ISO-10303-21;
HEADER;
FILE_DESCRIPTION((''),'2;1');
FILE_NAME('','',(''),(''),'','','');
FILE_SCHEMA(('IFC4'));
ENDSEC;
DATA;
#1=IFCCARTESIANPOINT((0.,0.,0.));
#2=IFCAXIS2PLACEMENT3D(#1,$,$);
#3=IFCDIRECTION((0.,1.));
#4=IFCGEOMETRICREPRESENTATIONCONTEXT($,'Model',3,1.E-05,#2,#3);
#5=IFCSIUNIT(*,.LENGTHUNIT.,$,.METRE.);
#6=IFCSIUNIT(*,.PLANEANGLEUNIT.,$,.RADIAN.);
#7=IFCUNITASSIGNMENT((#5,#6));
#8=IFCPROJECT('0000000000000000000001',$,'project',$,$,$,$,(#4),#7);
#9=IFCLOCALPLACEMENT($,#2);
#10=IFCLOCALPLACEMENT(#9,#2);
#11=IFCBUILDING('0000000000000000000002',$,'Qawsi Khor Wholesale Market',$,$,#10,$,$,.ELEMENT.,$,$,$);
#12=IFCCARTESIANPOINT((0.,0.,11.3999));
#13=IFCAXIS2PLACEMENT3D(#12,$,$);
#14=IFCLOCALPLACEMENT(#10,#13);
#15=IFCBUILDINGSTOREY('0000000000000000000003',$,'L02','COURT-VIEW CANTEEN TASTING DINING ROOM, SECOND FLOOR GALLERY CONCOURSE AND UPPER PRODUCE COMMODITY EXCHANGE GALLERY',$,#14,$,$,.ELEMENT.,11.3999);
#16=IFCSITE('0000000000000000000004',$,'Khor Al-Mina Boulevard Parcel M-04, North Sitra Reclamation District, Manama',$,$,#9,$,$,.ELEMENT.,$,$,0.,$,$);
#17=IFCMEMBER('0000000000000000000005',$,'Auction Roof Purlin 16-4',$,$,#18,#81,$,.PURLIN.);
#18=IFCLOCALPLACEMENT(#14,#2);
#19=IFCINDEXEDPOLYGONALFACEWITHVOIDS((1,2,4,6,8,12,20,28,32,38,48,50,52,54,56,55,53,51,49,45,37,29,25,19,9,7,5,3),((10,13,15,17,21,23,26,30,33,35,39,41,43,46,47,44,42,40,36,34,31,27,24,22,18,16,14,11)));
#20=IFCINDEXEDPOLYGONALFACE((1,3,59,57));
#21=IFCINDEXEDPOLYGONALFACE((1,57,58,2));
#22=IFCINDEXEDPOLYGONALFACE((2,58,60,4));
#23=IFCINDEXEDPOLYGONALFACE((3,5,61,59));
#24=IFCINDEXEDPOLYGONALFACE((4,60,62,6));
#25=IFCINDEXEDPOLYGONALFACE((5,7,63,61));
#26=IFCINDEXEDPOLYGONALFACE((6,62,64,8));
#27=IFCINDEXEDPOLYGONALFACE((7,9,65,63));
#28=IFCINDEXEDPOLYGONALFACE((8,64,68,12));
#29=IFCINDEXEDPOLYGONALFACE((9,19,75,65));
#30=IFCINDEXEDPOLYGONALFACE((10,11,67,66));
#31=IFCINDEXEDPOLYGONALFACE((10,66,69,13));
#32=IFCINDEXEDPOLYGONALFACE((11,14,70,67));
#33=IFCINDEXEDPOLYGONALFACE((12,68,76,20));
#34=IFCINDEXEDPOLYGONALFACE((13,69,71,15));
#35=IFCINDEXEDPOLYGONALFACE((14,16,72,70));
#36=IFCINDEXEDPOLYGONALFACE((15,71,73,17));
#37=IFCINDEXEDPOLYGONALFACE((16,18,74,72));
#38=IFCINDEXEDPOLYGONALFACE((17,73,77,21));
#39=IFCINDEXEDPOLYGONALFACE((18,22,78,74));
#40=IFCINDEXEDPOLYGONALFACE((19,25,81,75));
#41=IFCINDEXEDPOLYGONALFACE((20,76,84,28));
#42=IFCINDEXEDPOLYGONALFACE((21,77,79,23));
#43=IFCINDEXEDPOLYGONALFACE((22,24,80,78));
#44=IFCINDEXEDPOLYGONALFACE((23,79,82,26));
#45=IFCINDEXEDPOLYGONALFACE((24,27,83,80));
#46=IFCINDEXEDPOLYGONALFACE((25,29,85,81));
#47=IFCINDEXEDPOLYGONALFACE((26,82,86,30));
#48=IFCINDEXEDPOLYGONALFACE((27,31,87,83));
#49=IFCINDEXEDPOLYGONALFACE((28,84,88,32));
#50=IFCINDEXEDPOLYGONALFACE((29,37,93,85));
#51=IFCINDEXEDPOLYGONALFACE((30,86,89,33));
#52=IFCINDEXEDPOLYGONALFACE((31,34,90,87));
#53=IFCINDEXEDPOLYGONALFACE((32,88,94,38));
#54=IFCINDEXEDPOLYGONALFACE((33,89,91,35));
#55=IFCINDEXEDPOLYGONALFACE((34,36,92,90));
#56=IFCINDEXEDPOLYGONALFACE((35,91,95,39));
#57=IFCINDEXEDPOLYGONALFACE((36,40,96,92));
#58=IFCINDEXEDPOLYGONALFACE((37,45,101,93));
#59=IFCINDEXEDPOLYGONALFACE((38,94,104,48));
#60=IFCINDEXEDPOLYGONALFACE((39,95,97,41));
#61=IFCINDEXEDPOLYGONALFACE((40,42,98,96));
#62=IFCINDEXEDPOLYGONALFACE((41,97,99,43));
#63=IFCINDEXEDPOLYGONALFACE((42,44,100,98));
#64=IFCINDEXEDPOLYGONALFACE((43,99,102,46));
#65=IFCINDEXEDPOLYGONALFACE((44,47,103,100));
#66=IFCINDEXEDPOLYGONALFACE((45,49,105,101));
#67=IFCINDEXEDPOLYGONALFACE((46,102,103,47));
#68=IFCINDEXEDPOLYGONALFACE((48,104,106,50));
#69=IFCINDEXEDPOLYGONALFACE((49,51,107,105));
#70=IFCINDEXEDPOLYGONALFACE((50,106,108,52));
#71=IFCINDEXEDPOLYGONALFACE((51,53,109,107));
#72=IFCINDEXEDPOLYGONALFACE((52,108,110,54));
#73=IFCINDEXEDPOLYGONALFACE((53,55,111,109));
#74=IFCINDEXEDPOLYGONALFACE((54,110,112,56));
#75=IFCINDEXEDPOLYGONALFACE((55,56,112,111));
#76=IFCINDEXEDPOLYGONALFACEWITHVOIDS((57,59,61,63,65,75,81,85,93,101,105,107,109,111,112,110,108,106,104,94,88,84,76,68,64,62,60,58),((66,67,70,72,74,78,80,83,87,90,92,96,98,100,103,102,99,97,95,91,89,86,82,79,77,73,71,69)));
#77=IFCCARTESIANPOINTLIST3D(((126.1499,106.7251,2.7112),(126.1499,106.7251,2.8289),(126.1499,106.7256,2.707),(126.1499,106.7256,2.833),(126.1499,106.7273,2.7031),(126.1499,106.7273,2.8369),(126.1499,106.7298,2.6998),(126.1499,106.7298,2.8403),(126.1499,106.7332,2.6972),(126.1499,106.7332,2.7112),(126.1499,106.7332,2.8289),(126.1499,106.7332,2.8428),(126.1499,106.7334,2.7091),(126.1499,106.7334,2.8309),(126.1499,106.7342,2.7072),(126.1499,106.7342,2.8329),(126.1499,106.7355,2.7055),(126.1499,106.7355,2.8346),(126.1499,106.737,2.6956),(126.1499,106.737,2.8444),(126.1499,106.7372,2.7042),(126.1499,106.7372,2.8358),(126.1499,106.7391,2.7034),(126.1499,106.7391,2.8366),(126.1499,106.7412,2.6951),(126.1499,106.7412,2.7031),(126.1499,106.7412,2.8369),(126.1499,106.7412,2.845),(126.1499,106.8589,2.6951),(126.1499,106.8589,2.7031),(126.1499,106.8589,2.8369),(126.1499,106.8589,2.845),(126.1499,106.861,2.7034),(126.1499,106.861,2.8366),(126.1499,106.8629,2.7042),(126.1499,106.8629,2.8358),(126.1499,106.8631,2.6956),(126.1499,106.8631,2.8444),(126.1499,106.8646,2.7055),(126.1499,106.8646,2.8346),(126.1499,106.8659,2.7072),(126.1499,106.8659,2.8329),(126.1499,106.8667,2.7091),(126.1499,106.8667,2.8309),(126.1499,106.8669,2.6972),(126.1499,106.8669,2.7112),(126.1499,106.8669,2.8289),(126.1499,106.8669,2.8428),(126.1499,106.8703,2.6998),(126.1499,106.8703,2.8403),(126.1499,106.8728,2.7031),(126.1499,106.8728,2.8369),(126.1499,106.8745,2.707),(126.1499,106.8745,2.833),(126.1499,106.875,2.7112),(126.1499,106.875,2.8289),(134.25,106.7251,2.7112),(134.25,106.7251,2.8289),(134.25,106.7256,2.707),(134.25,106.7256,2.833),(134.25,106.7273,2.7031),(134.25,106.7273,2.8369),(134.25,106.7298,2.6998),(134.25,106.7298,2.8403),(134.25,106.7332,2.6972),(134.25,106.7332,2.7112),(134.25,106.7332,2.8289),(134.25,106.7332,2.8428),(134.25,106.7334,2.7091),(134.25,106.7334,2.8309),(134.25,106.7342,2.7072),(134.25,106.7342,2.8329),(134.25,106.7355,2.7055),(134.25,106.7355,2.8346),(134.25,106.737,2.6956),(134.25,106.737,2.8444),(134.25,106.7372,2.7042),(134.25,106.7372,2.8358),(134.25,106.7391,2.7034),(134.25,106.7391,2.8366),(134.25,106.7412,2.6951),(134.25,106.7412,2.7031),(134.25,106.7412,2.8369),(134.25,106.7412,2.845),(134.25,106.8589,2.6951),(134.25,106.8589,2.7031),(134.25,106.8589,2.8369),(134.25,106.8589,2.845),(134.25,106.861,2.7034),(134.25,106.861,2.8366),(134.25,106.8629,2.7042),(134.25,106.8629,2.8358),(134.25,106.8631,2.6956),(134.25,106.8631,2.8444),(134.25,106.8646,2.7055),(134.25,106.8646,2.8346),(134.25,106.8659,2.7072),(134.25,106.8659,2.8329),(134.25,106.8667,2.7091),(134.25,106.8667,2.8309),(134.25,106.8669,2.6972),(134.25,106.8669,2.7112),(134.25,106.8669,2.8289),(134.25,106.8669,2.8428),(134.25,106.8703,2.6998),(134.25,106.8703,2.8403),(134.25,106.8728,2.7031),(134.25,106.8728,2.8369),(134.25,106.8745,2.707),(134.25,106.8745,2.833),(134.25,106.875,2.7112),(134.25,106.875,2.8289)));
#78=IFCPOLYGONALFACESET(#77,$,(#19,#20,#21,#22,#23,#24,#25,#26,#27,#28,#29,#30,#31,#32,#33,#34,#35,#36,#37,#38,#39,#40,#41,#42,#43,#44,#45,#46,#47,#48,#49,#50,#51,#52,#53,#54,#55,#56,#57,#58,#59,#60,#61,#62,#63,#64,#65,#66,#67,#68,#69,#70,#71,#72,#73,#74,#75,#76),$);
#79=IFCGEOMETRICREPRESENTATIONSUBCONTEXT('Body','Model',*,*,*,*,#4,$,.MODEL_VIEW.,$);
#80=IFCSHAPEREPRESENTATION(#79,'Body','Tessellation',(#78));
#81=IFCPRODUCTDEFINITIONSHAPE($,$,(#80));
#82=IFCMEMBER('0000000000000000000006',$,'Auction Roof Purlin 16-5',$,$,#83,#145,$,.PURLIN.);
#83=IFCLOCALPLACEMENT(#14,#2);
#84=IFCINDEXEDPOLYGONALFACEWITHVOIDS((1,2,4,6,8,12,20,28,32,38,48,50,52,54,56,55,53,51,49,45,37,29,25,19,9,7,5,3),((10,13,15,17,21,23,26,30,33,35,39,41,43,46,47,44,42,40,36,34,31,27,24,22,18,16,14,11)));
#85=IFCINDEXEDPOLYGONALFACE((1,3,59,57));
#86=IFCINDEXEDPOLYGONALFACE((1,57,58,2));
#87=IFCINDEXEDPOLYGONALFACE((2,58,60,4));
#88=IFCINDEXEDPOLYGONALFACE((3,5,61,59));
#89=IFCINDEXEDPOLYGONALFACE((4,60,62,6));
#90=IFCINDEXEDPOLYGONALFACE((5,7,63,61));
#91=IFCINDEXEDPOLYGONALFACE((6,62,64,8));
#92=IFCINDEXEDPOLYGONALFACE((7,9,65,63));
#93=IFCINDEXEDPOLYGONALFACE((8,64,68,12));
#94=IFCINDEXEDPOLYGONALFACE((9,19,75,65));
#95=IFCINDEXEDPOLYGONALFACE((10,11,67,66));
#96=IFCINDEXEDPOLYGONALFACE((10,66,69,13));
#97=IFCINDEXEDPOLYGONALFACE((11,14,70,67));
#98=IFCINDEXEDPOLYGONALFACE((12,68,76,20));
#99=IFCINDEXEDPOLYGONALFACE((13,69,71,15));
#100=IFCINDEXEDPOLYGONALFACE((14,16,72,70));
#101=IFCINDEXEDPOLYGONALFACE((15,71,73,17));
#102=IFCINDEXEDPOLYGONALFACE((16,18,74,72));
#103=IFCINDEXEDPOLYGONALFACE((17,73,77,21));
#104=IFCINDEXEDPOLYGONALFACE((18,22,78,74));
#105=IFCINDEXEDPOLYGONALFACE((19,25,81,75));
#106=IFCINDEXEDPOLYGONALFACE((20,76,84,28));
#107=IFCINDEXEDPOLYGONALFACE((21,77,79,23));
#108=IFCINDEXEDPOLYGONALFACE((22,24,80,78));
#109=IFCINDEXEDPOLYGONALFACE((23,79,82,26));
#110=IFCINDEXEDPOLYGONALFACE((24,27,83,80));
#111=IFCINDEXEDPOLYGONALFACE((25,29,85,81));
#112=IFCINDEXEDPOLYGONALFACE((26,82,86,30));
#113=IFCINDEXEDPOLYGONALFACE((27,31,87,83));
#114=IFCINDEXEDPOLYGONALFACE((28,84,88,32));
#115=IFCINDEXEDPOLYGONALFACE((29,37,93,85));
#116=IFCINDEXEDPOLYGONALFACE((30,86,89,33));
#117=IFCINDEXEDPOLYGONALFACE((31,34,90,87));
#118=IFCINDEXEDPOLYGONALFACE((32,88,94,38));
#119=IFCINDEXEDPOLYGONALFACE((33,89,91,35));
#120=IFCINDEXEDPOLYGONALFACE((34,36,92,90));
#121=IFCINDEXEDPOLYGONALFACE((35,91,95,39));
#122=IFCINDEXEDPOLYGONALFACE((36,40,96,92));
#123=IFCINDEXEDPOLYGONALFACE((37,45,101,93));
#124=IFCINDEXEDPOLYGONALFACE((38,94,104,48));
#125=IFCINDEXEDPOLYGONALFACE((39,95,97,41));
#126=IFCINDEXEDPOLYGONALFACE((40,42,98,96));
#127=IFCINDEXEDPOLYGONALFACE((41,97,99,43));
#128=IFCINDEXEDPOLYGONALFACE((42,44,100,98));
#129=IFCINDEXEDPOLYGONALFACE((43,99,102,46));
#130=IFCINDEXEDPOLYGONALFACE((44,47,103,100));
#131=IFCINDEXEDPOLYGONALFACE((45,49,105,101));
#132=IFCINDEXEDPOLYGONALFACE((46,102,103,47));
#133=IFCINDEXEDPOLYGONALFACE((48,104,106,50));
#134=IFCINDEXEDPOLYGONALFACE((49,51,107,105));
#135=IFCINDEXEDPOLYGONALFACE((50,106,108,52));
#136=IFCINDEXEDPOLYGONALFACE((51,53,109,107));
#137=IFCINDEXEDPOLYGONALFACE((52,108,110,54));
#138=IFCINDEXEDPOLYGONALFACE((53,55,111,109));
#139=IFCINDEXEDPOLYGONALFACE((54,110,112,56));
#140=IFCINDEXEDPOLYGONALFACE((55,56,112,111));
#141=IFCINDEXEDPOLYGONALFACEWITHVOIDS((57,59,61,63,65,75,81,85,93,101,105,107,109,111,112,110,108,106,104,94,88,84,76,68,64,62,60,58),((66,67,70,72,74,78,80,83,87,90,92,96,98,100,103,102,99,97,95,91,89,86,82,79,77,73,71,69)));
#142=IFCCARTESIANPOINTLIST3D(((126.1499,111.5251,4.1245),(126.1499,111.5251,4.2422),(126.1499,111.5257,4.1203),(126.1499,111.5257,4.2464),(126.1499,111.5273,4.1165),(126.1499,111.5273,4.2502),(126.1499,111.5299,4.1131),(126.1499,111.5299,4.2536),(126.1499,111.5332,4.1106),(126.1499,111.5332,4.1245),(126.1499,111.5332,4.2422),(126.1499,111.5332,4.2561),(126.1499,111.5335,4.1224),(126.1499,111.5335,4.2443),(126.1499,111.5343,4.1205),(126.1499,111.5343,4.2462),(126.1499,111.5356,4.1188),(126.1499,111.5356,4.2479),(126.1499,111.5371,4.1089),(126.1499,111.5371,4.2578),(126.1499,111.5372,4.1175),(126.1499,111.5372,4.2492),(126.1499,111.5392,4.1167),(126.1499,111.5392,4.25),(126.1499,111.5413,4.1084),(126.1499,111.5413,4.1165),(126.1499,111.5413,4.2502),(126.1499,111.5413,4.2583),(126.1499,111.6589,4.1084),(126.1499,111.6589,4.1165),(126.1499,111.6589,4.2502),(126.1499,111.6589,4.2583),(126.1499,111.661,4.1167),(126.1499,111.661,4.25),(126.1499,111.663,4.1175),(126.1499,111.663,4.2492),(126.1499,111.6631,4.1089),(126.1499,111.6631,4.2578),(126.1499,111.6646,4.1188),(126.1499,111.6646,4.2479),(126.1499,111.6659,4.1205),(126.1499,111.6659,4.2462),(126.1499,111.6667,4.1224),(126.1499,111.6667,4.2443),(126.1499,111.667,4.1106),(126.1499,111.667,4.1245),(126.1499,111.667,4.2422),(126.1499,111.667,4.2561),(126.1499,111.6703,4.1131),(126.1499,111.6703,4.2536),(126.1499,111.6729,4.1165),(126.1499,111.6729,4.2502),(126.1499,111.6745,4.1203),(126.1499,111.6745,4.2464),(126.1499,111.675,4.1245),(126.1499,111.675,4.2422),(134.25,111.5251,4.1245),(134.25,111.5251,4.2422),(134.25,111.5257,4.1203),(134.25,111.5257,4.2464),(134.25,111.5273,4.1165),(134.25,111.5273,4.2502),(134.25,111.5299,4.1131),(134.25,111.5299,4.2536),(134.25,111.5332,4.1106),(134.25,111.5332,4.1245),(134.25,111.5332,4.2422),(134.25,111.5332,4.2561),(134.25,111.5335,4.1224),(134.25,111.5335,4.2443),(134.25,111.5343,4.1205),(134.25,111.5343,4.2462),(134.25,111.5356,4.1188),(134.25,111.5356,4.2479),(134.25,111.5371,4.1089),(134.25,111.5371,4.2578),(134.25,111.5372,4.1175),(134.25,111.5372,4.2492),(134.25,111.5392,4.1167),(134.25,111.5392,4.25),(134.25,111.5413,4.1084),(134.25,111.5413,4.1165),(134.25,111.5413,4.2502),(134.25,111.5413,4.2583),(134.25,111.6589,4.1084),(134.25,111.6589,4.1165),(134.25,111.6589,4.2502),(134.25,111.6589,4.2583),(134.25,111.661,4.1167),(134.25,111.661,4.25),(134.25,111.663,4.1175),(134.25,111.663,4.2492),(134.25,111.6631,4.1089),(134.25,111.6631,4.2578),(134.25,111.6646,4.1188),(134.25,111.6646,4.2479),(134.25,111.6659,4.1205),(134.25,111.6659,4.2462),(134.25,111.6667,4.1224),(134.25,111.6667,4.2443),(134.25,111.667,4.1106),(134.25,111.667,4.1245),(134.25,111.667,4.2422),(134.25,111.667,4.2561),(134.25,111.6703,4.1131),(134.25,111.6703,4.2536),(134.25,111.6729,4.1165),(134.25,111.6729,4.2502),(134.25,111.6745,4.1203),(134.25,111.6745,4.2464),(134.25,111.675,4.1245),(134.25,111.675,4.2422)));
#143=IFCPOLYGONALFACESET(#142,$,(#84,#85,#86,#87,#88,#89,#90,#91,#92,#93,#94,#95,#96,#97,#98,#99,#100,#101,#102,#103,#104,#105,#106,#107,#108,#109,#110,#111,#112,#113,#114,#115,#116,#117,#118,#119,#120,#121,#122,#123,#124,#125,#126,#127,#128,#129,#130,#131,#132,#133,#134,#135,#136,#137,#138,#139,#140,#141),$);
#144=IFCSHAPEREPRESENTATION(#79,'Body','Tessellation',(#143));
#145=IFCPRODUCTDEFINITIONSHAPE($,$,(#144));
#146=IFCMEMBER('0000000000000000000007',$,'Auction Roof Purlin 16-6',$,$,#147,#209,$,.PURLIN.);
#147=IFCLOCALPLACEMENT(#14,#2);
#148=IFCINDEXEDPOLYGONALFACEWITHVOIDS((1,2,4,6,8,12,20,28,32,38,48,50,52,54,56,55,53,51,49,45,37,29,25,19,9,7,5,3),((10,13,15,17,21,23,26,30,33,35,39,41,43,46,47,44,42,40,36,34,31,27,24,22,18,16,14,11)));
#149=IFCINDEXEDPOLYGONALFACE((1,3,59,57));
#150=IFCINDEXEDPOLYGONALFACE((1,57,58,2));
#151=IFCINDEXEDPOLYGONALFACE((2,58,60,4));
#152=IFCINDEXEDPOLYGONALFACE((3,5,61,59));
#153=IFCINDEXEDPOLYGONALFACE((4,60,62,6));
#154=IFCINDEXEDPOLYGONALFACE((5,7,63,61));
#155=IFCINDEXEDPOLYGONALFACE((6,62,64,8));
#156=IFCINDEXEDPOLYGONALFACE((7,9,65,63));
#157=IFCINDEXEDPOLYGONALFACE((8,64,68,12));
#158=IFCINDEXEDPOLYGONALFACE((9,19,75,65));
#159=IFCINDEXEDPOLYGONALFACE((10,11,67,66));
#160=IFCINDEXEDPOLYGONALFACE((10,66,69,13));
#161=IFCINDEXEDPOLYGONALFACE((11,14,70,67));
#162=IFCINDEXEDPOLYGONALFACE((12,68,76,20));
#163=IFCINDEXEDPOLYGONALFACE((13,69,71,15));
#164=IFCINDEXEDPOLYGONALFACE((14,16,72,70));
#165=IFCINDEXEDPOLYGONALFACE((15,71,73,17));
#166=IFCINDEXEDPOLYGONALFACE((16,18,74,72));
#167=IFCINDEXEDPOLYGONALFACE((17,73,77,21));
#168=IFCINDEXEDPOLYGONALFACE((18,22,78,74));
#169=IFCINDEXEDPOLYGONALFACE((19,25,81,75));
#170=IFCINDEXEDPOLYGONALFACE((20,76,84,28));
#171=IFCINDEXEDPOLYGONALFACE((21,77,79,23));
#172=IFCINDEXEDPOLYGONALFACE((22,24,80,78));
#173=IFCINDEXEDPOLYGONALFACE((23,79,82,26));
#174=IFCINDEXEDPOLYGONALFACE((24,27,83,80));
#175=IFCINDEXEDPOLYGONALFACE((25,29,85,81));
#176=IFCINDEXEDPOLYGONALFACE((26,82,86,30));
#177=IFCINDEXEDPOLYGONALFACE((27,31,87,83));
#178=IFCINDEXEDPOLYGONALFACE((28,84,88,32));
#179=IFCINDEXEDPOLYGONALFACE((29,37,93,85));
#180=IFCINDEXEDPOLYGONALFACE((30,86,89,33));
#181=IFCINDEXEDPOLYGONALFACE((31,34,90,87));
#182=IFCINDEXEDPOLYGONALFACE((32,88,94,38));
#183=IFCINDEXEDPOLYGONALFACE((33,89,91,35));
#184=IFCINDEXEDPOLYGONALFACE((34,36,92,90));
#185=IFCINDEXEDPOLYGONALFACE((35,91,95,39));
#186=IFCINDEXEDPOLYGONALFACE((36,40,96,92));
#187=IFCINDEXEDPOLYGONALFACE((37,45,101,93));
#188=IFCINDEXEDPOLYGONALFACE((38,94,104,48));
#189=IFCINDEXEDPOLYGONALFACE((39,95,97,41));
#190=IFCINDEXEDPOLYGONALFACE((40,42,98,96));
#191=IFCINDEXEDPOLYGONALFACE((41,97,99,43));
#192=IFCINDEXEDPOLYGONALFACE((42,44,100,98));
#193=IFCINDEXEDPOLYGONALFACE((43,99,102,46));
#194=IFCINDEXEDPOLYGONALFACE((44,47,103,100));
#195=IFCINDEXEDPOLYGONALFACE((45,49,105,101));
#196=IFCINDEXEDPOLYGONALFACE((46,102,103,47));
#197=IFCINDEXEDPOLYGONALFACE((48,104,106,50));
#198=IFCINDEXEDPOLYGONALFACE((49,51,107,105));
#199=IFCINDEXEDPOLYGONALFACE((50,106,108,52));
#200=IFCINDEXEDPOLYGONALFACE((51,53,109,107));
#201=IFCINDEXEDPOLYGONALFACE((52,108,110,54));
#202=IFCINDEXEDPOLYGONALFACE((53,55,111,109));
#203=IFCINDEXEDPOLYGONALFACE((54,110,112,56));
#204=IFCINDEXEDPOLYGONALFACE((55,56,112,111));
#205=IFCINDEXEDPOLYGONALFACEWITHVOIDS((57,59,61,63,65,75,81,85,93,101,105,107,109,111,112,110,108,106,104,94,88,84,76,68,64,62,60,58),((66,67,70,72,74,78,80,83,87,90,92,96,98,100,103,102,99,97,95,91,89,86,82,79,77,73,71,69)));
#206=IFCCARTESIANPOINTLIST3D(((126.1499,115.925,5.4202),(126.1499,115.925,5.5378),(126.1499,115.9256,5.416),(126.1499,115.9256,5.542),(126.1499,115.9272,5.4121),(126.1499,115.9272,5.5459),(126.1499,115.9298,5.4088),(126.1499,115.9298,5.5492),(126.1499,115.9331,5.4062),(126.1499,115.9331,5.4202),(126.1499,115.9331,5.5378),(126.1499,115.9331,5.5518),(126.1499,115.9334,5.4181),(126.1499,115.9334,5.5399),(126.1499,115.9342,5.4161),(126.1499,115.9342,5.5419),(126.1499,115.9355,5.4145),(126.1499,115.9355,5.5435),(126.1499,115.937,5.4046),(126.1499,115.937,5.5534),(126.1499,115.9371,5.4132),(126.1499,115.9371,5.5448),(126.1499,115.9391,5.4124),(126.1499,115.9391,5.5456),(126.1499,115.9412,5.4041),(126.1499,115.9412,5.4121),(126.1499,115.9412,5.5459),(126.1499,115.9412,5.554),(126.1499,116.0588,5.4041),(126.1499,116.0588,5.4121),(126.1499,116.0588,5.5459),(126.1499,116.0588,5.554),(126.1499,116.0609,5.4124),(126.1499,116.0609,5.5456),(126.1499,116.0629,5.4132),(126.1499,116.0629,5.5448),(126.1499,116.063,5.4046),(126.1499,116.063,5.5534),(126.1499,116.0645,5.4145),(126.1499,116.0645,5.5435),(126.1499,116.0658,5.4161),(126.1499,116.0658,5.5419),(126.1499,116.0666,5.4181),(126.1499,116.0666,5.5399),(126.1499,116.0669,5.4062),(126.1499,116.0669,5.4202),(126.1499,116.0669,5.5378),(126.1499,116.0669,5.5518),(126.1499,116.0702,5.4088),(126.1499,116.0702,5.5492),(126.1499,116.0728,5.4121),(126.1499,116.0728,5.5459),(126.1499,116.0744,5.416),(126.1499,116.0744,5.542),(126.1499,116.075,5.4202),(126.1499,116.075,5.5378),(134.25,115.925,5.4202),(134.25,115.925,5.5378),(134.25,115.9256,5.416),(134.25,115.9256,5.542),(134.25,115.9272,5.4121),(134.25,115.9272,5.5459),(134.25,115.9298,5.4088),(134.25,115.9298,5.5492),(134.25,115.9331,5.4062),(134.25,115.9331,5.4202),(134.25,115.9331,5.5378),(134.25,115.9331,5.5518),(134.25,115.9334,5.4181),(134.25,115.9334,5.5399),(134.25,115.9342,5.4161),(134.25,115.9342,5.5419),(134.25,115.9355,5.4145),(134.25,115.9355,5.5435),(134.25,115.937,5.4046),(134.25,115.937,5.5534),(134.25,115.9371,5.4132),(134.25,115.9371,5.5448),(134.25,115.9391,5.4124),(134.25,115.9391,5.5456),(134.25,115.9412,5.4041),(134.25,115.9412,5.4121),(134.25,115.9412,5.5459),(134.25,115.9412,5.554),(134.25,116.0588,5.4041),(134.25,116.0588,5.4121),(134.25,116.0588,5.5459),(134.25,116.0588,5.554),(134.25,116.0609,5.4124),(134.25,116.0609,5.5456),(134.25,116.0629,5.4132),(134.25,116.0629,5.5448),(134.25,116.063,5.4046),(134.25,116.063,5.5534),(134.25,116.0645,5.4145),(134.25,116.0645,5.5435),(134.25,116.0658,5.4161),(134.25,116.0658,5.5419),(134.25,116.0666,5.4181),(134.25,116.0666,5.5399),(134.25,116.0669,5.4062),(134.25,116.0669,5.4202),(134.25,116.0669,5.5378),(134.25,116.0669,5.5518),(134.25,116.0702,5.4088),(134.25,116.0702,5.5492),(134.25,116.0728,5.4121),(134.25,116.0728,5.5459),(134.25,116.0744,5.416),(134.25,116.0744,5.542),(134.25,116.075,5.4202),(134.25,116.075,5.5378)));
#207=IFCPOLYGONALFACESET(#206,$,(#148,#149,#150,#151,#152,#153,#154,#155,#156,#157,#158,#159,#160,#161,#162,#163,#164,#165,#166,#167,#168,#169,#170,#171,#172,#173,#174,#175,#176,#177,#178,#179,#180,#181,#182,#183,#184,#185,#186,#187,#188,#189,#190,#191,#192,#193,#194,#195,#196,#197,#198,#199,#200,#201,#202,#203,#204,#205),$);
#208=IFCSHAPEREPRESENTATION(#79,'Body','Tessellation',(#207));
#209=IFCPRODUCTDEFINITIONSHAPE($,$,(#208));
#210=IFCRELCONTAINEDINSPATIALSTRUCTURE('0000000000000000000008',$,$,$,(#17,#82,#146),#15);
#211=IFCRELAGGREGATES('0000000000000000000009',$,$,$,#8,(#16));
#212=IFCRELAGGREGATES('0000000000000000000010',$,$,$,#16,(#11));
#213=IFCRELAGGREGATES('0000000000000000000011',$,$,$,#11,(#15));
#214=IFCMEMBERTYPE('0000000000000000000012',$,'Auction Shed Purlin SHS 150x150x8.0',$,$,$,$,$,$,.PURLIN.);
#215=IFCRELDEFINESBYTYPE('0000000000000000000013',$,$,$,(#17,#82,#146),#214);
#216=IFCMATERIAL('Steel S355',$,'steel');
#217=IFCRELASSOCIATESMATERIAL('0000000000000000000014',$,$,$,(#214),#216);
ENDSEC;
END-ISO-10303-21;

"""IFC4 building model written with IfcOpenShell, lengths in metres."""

from ifc_helpers import new_model, si_unit, direction, frame, origin, origin_2d, place, context, subcontext, project, spatial, hollow_rectangle, extrude, material, material_profile, profile_set, type_object, element, save


model = new_model("IFC4")

# Units and contexts
model_context = context("Model", 3, precision=1e-05, world=origin(), true_north=direction((0.0, 1.0)))
body_context = subcontext(model_context, "Body", "Model", "MODEL_VIEW")
ifc_project = project(units=[si_unit("LENGTHUNIT", "METRE"), si_unit("PLANEANGLEUNIT", "RADIAN")], contexts=[model_context])

# Site, building, storey
site_placement = place(None, origin())
site = spatial("IfcSite", under=ifc_project, at=site_placement, Name="Khor Al-Mina Boulevard Parcel M-04, North Sitra Reclamation District, Manama", CompositionType="ELEMENT", RefElevation=0.0)
building_placement = place(site_placement, origin())
building = spatial("IfcBuilding", under=site, at=building_placement, Name="Qawsi Khor Wholesale Market", CompositionType="ELEMENT")
storey_placement = place(building_placement, frame((0.0, 0.0, 11.3999)))
storey = spatial("IfcBuildingStorey", under=building, at=storey_placement, Name="L02", Description="COURT-VIEW CANTEEN TASTING DINING ROOM, SECOND FLOOR GALLERY CONCOURSE AND UPPER PRODUCE COMMODITY EXCHANGE GALLERY", CompositionType="ELEMENT", Elevation=11.3999)

# Members
ifc_material_1 = material(Name="Steel S355", Category="steel")
ifc_material_profile_1 = material_profile(ifc_material_1, hollow_rectangle(XDim=0.1499, YDim=0.1499, WallThickness=0.0081, InnerFilletRadius=0.0081, OuterFilletRadius=0.0161, at=origin_2d()), Name="SHS 150x150x8.0")
ifc_profile_set_1 = profile_set([ifc_material_profile_1], Name="Steel S355")
member_type_1 = type_object("IfcMemberType", Name="Auction Shed Purlin SHS 150x150x8.0", PredefinedType="PURLIN", material=ifc_profile_set_1)
for number, where, z_axis, x_axis, name in (
    (1, (126.1499, 106.8, 2.77), (1.0, 0.0, 0.0), (0.0, 1.0, 0.0), "Auction Roof Purlin 16-4"),
    (2, (126.1499, 111.6001, 4.1833), (1.0, 0.0, 0.0), (0.0, 1.0, 0.0), "Auction Roof Purlin 16-5"),
    (3, (126.1499, 116.0, 5.479), (1.0, 0.0, 0.0), (0.0, 1.0, 0.0), "Auction Roof Purlin 16-6"),
):
    element("IfcMember", number, at=place(storey_placement, frame(where, z_axis=z_axis, x_axis=x_axis)), inside=storey, type_object=member_type_1, Name=name, PredefinedType="PURLIN", context=body_context, shape_type="SweptSolid", body=[
        extrude(hollow_rectangle(XDim=0.1499, YDim=0.1499, WallThickness=0.0081, InnerFilletRadius=0.0081, OuterFilletRadius=0.0161, at=origin_2d()), origin(), (0.0, 0.0, 1.0), 8.1001),
    ])

save(model, "model.ifc")
